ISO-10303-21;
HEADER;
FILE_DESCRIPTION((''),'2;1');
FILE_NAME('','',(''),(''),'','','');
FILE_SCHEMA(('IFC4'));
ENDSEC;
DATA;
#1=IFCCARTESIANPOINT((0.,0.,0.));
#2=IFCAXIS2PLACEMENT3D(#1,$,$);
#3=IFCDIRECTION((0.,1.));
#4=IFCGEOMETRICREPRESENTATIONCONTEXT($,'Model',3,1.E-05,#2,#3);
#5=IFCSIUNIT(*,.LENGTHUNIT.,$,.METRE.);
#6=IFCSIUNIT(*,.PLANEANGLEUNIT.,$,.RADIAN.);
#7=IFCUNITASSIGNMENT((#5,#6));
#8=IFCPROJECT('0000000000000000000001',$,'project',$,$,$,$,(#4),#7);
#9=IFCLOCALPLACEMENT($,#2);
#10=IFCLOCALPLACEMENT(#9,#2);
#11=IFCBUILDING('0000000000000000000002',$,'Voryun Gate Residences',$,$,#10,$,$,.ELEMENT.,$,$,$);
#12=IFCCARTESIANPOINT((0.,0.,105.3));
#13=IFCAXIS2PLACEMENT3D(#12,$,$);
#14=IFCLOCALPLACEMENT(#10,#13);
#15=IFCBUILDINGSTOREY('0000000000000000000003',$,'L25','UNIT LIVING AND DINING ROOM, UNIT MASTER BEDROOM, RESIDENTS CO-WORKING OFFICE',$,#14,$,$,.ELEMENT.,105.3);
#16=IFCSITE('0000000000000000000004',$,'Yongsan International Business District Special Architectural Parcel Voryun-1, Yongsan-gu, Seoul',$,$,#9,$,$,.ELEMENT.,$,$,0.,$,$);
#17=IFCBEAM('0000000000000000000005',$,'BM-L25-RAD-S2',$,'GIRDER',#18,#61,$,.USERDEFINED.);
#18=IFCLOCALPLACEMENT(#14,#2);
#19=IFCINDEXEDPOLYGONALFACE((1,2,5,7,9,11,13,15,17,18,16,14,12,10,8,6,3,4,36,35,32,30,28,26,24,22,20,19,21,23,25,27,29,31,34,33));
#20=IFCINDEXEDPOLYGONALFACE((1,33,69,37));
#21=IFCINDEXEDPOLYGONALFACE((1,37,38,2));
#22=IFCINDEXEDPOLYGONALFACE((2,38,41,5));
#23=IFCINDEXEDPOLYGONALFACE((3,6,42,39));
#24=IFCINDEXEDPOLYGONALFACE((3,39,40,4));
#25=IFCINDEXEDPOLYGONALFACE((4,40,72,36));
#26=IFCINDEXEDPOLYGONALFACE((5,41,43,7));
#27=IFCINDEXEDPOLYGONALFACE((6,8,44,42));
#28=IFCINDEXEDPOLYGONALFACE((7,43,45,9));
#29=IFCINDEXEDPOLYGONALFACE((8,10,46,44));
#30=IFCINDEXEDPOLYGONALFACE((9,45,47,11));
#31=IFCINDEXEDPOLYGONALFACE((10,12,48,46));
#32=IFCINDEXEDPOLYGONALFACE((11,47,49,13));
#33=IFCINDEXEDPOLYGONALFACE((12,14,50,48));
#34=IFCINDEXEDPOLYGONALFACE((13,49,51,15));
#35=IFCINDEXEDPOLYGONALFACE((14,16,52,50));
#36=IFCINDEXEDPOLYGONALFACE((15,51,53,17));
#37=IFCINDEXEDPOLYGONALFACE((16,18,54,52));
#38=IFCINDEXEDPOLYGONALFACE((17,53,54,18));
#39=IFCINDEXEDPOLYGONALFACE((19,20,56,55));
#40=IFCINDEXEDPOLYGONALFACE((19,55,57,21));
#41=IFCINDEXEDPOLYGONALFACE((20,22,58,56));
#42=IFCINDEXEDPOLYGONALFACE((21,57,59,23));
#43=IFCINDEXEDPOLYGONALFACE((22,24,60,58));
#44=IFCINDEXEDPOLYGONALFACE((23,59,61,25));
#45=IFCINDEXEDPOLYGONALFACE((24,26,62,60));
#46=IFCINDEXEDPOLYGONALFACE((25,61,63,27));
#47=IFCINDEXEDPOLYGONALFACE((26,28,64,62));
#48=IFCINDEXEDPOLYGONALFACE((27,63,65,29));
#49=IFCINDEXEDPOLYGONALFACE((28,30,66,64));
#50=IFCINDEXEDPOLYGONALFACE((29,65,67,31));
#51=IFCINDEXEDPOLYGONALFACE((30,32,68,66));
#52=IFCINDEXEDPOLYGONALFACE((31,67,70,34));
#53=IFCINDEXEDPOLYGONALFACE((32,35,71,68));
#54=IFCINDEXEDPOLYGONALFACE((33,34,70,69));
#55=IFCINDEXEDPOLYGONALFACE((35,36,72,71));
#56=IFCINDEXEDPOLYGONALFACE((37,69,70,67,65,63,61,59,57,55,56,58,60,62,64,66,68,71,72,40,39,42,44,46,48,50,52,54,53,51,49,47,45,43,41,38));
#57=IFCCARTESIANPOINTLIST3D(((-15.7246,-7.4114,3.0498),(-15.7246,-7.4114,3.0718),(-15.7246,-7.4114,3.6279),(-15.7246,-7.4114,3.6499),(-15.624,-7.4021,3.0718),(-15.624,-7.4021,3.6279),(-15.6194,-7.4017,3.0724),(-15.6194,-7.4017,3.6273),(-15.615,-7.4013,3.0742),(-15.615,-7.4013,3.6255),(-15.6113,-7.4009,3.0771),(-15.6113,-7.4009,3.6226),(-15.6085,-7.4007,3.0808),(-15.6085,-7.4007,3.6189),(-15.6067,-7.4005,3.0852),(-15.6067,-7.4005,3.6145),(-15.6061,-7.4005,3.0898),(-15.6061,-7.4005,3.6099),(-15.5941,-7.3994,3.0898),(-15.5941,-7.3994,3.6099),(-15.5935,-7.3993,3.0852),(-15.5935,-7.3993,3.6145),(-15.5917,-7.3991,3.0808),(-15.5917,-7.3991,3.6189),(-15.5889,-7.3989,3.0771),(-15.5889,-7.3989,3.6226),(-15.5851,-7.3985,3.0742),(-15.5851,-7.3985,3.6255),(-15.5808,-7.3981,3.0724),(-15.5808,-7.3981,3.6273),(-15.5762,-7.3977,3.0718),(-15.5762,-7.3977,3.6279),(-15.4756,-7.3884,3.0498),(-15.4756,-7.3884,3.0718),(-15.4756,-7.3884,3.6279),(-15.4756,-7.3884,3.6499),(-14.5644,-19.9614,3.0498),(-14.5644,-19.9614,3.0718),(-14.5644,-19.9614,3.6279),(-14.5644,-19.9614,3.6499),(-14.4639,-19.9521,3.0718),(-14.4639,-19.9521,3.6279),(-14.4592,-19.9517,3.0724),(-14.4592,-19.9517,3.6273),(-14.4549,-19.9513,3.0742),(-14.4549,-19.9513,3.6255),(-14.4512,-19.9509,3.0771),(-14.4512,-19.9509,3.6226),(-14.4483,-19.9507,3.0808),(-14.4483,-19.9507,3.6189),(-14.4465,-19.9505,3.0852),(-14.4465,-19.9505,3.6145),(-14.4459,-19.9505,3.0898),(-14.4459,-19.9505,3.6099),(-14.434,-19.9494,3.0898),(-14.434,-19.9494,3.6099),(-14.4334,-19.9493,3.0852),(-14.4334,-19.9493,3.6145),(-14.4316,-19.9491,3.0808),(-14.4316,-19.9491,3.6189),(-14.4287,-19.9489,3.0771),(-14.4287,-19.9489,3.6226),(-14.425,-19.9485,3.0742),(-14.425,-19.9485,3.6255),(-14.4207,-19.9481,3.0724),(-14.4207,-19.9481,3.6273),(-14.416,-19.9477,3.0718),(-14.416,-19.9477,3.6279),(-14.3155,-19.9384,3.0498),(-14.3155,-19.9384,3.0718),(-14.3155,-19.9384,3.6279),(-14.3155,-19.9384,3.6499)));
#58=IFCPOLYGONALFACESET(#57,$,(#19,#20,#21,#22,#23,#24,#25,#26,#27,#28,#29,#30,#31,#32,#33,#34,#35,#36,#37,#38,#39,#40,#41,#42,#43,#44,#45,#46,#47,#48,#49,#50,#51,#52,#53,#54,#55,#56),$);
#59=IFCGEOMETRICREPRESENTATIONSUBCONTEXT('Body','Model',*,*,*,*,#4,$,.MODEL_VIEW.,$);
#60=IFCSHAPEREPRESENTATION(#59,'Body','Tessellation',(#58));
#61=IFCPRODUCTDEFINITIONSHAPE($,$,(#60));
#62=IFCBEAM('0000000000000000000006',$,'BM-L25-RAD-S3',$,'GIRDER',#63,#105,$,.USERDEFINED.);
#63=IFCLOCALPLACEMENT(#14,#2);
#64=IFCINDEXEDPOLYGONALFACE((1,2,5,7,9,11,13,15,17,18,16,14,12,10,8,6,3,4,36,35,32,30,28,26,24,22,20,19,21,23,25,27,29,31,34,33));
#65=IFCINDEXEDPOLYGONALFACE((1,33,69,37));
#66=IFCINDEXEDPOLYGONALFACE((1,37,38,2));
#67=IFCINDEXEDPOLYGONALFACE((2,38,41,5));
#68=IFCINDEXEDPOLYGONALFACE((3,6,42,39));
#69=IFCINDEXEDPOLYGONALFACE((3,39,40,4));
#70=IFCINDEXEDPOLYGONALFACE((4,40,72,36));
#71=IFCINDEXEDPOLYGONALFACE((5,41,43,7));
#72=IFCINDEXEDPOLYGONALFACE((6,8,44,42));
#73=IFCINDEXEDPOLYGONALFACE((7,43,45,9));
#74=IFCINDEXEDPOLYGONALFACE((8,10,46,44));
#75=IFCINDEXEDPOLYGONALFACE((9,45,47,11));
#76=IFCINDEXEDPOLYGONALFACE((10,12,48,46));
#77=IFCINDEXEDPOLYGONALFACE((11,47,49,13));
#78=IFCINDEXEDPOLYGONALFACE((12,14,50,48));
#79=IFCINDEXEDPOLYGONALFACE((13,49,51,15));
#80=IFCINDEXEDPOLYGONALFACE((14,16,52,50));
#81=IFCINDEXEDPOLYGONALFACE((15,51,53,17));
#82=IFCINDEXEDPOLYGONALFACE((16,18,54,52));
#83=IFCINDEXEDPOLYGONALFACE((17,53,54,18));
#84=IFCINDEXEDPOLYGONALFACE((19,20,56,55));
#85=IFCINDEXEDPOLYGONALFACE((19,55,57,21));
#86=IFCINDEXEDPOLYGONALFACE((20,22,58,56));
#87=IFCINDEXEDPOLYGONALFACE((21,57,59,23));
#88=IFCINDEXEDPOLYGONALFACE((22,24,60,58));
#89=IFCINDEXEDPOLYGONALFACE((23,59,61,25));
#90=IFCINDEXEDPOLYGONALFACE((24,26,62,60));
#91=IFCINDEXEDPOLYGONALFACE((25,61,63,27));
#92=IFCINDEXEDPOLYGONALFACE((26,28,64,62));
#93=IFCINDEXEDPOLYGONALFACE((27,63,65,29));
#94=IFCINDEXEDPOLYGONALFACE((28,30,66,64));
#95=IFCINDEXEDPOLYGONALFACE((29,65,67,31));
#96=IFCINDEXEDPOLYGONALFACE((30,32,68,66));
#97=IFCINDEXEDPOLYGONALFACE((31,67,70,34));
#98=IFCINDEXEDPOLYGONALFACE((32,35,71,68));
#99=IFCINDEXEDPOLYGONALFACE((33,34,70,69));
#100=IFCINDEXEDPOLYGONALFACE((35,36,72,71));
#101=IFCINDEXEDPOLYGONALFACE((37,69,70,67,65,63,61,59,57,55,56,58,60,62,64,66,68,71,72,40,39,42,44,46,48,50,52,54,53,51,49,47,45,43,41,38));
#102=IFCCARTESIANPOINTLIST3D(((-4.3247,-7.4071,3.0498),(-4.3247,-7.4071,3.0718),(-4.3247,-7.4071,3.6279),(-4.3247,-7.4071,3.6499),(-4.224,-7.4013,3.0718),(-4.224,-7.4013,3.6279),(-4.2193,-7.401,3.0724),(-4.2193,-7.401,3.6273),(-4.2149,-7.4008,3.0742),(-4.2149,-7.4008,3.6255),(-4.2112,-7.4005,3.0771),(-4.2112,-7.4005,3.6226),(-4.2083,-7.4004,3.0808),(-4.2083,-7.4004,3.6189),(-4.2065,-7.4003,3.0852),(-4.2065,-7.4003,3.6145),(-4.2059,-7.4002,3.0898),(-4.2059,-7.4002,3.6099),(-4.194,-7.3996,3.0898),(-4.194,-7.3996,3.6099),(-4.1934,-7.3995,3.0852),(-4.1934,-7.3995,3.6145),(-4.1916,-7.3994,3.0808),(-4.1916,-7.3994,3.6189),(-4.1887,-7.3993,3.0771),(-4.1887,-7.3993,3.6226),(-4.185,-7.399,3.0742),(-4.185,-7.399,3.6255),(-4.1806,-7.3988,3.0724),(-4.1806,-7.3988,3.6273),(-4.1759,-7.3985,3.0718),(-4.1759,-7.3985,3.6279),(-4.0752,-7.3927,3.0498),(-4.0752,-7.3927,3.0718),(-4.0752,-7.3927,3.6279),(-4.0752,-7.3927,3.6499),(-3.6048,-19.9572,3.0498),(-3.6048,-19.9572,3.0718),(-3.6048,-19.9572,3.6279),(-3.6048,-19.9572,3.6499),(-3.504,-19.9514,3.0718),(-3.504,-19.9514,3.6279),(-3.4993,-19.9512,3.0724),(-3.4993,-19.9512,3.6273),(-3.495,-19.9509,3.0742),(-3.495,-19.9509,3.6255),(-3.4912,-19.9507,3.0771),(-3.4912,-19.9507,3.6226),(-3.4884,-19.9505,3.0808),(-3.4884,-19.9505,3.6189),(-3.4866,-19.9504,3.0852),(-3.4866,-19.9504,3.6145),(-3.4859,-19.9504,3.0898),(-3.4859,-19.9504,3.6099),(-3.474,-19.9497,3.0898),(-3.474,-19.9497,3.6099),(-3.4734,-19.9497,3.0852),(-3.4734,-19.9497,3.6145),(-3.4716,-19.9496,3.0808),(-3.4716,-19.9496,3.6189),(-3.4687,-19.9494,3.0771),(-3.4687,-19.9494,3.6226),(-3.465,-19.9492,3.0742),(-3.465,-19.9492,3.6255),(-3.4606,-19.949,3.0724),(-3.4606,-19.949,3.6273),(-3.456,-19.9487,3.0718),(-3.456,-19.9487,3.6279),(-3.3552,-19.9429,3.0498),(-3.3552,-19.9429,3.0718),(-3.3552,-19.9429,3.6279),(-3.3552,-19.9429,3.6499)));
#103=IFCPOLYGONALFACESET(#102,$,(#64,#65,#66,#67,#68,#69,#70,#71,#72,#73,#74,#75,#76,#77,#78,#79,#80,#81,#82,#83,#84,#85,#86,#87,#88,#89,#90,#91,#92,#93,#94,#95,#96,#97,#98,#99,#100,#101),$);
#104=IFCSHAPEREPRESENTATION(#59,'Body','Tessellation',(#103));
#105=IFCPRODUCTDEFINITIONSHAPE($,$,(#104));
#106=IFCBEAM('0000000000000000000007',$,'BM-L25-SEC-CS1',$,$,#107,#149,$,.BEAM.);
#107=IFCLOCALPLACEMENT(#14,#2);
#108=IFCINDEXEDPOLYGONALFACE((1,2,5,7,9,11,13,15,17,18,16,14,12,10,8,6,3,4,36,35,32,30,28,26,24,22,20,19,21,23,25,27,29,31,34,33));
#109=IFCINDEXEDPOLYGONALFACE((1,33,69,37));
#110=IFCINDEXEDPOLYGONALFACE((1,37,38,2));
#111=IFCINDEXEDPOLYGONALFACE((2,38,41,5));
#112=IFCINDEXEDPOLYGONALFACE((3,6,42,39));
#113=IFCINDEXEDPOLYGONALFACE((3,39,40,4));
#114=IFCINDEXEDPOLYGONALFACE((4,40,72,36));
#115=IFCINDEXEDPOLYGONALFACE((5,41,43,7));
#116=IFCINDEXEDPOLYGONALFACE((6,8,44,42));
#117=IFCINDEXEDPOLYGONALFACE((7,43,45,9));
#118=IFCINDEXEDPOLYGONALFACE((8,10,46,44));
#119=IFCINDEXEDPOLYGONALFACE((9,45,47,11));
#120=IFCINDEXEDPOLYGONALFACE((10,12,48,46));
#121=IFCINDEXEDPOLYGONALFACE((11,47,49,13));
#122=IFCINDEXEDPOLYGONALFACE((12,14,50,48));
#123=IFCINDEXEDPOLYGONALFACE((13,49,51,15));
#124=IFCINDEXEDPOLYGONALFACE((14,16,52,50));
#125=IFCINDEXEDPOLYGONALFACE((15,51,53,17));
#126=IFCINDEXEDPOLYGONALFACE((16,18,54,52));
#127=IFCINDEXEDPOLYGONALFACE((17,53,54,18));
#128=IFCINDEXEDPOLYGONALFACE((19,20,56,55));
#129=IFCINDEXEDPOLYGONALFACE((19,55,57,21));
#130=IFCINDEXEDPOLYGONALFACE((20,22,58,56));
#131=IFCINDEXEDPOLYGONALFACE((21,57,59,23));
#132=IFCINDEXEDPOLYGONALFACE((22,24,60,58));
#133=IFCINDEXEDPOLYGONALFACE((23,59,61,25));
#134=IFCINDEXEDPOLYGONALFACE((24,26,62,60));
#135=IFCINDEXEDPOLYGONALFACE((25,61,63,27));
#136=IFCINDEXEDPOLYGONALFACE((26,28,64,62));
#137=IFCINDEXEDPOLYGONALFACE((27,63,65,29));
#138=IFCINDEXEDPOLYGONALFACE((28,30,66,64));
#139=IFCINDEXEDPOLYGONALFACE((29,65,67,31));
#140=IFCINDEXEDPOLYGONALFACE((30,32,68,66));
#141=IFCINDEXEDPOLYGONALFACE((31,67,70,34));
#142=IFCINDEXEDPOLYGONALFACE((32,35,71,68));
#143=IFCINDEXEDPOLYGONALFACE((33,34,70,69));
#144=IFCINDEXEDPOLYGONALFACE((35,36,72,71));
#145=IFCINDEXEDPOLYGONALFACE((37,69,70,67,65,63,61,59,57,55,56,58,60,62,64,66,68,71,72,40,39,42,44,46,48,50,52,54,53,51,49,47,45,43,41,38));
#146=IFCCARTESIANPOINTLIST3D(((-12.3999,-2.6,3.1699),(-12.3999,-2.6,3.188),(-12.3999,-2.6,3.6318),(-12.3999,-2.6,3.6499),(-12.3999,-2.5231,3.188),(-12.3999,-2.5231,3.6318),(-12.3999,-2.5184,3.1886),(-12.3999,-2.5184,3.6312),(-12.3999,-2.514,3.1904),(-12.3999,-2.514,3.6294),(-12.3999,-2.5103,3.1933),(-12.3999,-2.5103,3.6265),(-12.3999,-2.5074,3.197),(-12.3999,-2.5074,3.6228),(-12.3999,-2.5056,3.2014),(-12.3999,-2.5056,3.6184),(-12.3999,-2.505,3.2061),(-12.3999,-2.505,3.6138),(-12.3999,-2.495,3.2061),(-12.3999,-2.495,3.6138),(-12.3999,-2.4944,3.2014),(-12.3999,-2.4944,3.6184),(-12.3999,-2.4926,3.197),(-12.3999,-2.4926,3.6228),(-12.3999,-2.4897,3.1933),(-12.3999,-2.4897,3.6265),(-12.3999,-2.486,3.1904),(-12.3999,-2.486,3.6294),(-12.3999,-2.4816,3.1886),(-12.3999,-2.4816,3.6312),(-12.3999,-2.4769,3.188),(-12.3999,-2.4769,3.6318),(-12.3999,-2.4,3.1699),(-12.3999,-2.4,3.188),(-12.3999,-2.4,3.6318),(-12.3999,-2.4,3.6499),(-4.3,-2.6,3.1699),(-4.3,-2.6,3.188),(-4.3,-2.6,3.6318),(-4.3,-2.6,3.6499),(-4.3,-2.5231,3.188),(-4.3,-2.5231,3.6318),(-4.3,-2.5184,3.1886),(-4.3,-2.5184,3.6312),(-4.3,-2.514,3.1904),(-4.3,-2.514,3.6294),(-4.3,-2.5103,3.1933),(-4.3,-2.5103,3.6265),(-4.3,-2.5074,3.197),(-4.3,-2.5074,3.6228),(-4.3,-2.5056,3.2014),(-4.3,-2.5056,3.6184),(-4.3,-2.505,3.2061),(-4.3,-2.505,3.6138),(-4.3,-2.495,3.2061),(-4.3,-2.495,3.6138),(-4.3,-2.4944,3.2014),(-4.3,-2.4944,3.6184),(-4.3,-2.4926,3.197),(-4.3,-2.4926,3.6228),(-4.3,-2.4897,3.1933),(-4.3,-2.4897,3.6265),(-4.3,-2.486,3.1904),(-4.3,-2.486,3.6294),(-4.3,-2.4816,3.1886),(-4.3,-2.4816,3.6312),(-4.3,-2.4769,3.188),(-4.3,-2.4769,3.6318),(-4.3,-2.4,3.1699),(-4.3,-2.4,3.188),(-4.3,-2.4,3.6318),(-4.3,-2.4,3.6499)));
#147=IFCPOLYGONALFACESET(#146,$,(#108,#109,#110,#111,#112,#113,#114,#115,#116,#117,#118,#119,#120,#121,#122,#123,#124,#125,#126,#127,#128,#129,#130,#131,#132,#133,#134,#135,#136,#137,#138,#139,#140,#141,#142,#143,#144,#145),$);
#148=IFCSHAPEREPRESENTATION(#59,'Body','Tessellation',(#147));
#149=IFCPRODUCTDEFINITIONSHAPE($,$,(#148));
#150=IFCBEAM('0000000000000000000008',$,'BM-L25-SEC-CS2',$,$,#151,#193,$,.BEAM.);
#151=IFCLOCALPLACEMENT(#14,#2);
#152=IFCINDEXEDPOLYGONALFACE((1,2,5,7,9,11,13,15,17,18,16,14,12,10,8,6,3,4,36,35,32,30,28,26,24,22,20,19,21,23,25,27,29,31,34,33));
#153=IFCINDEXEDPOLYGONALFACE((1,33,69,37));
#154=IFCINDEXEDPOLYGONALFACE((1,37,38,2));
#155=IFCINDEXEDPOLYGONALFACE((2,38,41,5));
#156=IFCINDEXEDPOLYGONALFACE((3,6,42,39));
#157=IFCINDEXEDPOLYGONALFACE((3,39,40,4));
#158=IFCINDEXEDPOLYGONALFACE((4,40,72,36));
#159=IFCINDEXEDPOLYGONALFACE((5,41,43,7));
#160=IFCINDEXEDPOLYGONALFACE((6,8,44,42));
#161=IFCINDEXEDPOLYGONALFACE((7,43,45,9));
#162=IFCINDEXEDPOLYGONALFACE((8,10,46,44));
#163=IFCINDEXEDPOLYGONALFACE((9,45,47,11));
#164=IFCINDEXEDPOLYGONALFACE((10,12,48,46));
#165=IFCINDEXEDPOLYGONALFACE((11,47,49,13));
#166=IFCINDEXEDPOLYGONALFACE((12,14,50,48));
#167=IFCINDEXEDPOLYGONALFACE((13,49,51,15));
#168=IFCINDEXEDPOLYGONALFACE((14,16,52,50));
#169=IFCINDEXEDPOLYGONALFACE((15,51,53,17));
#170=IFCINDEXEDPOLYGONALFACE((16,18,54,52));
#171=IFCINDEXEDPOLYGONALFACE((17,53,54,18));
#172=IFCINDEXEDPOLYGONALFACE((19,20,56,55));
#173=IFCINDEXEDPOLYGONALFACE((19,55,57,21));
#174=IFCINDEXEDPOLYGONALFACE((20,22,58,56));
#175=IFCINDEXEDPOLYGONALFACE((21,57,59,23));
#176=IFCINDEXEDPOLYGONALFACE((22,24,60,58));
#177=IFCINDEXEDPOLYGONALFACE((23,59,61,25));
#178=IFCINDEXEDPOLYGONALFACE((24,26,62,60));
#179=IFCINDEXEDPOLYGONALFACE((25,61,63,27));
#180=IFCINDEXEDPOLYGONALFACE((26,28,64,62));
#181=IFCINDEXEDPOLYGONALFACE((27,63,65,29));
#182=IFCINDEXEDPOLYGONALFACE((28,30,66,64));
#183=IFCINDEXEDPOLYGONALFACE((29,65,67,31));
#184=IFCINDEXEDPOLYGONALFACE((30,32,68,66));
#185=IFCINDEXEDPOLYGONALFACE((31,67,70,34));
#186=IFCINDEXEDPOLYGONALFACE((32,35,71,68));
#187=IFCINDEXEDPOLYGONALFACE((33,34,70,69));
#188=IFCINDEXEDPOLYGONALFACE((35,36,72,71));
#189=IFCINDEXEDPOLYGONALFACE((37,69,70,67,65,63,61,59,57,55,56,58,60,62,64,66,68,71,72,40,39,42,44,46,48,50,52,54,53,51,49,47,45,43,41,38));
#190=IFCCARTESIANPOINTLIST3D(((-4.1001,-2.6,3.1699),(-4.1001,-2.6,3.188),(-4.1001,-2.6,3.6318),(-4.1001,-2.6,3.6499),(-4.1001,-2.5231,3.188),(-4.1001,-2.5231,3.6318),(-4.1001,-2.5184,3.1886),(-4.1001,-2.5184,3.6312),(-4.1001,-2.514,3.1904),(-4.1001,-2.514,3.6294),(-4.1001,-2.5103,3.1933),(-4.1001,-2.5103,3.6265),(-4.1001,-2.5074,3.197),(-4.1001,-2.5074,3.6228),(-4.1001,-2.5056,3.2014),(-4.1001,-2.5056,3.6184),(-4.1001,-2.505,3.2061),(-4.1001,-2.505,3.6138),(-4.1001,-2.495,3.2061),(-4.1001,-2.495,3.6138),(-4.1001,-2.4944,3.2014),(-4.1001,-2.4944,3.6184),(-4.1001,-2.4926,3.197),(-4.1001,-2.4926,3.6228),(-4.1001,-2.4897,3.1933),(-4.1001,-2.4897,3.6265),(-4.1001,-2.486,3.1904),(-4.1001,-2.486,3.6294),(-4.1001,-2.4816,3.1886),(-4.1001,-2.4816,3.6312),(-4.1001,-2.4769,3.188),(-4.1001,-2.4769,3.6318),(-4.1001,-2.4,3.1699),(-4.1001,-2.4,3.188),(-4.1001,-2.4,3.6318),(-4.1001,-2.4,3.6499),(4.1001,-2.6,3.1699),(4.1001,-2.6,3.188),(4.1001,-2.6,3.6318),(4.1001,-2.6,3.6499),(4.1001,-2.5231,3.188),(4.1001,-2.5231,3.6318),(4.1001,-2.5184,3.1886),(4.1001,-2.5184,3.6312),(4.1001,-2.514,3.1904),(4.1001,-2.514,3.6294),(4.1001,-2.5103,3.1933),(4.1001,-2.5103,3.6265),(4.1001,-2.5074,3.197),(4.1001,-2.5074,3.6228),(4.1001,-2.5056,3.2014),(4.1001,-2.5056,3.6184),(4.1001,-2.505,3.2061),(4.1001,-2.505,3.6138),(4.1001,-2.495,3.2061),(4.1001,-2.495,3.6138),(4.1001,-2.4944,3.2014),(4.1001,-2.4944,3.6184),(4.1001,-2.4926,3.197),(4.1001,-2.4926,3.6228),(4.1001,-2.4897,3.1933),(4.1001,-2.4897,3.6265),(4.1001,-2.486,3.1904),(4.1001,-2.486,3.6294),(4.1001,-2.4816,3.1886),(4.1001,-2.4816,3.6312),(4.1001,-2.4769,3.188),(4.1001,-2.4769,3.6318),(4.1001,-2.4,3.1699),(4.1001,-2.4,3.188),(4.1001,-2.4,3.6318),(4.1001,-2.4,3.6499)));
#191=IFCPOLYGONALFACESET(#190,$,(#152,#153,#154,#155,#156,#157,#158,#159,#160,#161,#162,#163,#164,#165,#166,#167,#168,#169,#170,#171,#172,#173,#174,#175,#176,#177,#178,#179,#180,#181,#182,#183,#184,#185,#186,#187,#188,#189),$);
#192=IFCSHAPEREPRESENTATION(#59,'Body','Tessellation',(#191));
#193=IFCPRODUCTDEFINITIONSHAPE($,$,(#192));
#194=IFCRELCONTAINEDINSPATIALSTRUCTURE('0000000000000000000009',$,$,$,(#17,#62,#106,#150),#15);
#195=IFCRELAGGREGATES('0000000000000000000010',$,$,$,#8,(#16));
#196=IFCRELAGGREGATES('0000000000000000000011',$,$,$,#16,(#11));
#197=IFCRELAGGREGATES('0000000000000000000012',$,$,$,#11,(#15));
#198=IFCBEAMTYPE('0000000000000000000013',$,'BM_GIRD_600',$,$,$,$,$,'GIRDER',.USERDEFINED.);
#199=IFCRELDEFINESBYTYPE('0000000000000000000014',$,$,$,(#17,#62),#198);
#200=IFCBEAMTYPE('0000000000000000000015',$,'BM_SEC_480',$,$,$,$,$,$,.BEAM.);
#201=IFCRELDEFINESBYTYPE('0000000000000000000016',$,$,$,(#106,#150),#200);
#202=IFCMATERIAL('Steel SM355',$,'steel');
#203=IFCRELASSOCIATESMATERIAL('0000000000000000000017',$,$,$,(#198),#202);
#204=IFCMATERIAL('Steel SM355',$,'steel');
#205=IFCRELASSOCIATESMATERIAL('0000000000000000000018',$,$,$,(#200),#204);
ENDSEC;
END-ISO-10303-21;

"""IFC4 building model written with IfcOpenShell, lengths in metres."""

from ifc_helpers import new_model, si_unit, direction, frame, origin, origin_2d, place, context, subcontext, project, spatial, i_section, extrude, material, material_profile, profile_set, type_object, element, save


model = new_model("IFC4")

# Units and contexts
model_context = context("Model", 3, precision=1e-05, world=origin(), true_north=direction((0.0, 1.0)))
body_context = subcontext(model_context, "Body", "Model", "MODEL_VIEW")
ifc_project = project(units=[si_unit("LENGTHUNIT", "METRE"), si_unit("PLANEANGLEUNIT", "RADIAN")], contexts=[model_context])

# Site, building, storey
site_placement = place(None, origin())
site = spatial("IfcSite", under=ifc_project, at=site_placement, Name="Yongsan International Business District Special Architectural Parcel Voryun-1, Yongsan-gu, Seoul", CompositionType="ELEMENT", RefElevation=0.0)
building_placement = place(site_placement, origin())
building = spatial("IfcBuilding", under=site, at=building_placement, Name="Voryun Gate Residences", CompositionType="ELEMENT")
storey_placement = place(building_placement, frame((0.0, 0.0, 105.3)))
storey = spatial("IfcBuildingStorey", under=building, at=storey_placement, Name="L25", Description="UNIT LIVING AND DINING ROOM, UNIT MASTER BEDROOM, RESIDENTS CO-WORKING OFFICE", CompositionType="ELEMENT", Elevation=105.3)

# Beams
ifc_material_1 = material(Name="Steel SM355", Category="steel")
ifc_material_profile_1 = material_profile(ifc_material_1, i_section(OverallWidth=0.25, OverallDepth=0.6001, WebThickness=0.012, FlangeThickness=0.022, FilletRadius=0.0181, at=origin_2d()), Name="H-600x250x12x22")
ifc_profile_set_1 = profile_set([ifc_material_profile_1], Name="Steel SM355")
beam_type_1 = type_object("IfcBeamType", Name="BM_GIRD_600", ElementType="GIRDER", PredefinedType="USERDEFINED", material=ifc_profile_set_1)
beam_1_placement = place(storey_placement, frame((-15.6001, -7.3999, 3.3499), z_axis=(0.09205, -0.995754, 0.0), x_axis=(0.995754, 0.09205, 0.0)))
element("IfcBeam", 1, at=beam_1_placement, inside=storey, type_object=beam_type_1, Name="BM-L25-RAD-S2", ObjectType="GIRDER", PredefinedType="USERDEFINED", context=body_context, shape_type="SweptSolid", body=[
    extrude(i_section(OverallWidth=0.25, OverallDepth=0.6001, WebThickness=0.012, FlangeThickness=0.022, FilletRadius=0.0181, at=origin_2d()), origin(), (0.0, 0.0, 1.0), 12.6035),
])
beam_2_placement = place(storey_placement, frame((-4.2, -7.3999, 3.3499), z_axis=(0.057274, -0.998359, 0.0), x_axis=(0.998359, 0.057274, 0.0)))
element("IfcBeam", 2, at=beam_2_placement, inside=storey, type_object=beam_type_1, Name="BM-L25-RAD-S3", ObjectType="GIRDER", PredefinedType="USERDEFINED", context=body_context, shape_type="SweptSolid", body=[
    extrude(i_section(OverallWidth=0.25, OverallDepth=0.6001, WebThickness=0.012, FlangeThickness=0.022, FilletRadius=0.0181, at=origin_2d()), origin(), (0.0, 0.0, 1.0), 12.5708),
])
ifc_material_2 = material(Name="Steel SM355", Category="steel")
ifc_material_profile_2 = material_profile(ifc_material_2, i_section(OverallWidth=0.2, OverallDepth=0.48, WebThickness=0.01, FlangeThickness=0.0181, FilletRadius=0.0181, at=origin_2d()), Name="H-480x200x10x18")
ifc_profile_set_2 = profile_set([ifc_material_profile_2], Name="Steel SM355")
beam_type_2 = type_object("IfcBeamType", Name="BM_SEC_480", PredefinedType="BEAM", material=ifc_profile_set_2)
beam_3_placement = place(storey_placement, frame((-12.3999, -2.5, 3.4099), z_axis=(1.0, 0.0, 0.0), x_axis=(0.0, 1.0, 0.0)))
element("IfcBeam", 3, at=beam_3_placement, inside=storey, type_object=beam_type_2, Name="BM-L25-SEC-CS1", PredefinedType="BEAM", context=body_context, shape_type="SweptSolid", body=[
    extrude(i_section(OverallWidth=0.2, OverallDepth=0.48, WebThickness=0.01, FlangeThickness=0.0181, FilletRadius=0.0181, at=origin_2d()), origin(), (0.0, 0.0, 1.0), 8.0999),
])
beam_4_placement = place(storey_placement, frame((-4.1001, -2.5, 3.4099), z_axis=(1.0, 0.0, 0.0), x_axis=(0.0, 1.0, 0.0)))
element("IfcBeam", 4, at=beam_4_placement, inside=storey, type_object=beam_type_2, Name="BM-L25-SEC-CS2", PredefinedType="BEAM", context=body_context, shape_type="SweptSolid", body=[
    extrude(i_section(OverallWidth=0.2, OverallDepth=0.48, WebThickness=0.01, FlangeThickness=0.0181, FilletRadius=0.0181, at=origin_2d()), origin(), (0.0, 0.0, 1.0), 8.2002),
])

save(model, "model.ifc")
